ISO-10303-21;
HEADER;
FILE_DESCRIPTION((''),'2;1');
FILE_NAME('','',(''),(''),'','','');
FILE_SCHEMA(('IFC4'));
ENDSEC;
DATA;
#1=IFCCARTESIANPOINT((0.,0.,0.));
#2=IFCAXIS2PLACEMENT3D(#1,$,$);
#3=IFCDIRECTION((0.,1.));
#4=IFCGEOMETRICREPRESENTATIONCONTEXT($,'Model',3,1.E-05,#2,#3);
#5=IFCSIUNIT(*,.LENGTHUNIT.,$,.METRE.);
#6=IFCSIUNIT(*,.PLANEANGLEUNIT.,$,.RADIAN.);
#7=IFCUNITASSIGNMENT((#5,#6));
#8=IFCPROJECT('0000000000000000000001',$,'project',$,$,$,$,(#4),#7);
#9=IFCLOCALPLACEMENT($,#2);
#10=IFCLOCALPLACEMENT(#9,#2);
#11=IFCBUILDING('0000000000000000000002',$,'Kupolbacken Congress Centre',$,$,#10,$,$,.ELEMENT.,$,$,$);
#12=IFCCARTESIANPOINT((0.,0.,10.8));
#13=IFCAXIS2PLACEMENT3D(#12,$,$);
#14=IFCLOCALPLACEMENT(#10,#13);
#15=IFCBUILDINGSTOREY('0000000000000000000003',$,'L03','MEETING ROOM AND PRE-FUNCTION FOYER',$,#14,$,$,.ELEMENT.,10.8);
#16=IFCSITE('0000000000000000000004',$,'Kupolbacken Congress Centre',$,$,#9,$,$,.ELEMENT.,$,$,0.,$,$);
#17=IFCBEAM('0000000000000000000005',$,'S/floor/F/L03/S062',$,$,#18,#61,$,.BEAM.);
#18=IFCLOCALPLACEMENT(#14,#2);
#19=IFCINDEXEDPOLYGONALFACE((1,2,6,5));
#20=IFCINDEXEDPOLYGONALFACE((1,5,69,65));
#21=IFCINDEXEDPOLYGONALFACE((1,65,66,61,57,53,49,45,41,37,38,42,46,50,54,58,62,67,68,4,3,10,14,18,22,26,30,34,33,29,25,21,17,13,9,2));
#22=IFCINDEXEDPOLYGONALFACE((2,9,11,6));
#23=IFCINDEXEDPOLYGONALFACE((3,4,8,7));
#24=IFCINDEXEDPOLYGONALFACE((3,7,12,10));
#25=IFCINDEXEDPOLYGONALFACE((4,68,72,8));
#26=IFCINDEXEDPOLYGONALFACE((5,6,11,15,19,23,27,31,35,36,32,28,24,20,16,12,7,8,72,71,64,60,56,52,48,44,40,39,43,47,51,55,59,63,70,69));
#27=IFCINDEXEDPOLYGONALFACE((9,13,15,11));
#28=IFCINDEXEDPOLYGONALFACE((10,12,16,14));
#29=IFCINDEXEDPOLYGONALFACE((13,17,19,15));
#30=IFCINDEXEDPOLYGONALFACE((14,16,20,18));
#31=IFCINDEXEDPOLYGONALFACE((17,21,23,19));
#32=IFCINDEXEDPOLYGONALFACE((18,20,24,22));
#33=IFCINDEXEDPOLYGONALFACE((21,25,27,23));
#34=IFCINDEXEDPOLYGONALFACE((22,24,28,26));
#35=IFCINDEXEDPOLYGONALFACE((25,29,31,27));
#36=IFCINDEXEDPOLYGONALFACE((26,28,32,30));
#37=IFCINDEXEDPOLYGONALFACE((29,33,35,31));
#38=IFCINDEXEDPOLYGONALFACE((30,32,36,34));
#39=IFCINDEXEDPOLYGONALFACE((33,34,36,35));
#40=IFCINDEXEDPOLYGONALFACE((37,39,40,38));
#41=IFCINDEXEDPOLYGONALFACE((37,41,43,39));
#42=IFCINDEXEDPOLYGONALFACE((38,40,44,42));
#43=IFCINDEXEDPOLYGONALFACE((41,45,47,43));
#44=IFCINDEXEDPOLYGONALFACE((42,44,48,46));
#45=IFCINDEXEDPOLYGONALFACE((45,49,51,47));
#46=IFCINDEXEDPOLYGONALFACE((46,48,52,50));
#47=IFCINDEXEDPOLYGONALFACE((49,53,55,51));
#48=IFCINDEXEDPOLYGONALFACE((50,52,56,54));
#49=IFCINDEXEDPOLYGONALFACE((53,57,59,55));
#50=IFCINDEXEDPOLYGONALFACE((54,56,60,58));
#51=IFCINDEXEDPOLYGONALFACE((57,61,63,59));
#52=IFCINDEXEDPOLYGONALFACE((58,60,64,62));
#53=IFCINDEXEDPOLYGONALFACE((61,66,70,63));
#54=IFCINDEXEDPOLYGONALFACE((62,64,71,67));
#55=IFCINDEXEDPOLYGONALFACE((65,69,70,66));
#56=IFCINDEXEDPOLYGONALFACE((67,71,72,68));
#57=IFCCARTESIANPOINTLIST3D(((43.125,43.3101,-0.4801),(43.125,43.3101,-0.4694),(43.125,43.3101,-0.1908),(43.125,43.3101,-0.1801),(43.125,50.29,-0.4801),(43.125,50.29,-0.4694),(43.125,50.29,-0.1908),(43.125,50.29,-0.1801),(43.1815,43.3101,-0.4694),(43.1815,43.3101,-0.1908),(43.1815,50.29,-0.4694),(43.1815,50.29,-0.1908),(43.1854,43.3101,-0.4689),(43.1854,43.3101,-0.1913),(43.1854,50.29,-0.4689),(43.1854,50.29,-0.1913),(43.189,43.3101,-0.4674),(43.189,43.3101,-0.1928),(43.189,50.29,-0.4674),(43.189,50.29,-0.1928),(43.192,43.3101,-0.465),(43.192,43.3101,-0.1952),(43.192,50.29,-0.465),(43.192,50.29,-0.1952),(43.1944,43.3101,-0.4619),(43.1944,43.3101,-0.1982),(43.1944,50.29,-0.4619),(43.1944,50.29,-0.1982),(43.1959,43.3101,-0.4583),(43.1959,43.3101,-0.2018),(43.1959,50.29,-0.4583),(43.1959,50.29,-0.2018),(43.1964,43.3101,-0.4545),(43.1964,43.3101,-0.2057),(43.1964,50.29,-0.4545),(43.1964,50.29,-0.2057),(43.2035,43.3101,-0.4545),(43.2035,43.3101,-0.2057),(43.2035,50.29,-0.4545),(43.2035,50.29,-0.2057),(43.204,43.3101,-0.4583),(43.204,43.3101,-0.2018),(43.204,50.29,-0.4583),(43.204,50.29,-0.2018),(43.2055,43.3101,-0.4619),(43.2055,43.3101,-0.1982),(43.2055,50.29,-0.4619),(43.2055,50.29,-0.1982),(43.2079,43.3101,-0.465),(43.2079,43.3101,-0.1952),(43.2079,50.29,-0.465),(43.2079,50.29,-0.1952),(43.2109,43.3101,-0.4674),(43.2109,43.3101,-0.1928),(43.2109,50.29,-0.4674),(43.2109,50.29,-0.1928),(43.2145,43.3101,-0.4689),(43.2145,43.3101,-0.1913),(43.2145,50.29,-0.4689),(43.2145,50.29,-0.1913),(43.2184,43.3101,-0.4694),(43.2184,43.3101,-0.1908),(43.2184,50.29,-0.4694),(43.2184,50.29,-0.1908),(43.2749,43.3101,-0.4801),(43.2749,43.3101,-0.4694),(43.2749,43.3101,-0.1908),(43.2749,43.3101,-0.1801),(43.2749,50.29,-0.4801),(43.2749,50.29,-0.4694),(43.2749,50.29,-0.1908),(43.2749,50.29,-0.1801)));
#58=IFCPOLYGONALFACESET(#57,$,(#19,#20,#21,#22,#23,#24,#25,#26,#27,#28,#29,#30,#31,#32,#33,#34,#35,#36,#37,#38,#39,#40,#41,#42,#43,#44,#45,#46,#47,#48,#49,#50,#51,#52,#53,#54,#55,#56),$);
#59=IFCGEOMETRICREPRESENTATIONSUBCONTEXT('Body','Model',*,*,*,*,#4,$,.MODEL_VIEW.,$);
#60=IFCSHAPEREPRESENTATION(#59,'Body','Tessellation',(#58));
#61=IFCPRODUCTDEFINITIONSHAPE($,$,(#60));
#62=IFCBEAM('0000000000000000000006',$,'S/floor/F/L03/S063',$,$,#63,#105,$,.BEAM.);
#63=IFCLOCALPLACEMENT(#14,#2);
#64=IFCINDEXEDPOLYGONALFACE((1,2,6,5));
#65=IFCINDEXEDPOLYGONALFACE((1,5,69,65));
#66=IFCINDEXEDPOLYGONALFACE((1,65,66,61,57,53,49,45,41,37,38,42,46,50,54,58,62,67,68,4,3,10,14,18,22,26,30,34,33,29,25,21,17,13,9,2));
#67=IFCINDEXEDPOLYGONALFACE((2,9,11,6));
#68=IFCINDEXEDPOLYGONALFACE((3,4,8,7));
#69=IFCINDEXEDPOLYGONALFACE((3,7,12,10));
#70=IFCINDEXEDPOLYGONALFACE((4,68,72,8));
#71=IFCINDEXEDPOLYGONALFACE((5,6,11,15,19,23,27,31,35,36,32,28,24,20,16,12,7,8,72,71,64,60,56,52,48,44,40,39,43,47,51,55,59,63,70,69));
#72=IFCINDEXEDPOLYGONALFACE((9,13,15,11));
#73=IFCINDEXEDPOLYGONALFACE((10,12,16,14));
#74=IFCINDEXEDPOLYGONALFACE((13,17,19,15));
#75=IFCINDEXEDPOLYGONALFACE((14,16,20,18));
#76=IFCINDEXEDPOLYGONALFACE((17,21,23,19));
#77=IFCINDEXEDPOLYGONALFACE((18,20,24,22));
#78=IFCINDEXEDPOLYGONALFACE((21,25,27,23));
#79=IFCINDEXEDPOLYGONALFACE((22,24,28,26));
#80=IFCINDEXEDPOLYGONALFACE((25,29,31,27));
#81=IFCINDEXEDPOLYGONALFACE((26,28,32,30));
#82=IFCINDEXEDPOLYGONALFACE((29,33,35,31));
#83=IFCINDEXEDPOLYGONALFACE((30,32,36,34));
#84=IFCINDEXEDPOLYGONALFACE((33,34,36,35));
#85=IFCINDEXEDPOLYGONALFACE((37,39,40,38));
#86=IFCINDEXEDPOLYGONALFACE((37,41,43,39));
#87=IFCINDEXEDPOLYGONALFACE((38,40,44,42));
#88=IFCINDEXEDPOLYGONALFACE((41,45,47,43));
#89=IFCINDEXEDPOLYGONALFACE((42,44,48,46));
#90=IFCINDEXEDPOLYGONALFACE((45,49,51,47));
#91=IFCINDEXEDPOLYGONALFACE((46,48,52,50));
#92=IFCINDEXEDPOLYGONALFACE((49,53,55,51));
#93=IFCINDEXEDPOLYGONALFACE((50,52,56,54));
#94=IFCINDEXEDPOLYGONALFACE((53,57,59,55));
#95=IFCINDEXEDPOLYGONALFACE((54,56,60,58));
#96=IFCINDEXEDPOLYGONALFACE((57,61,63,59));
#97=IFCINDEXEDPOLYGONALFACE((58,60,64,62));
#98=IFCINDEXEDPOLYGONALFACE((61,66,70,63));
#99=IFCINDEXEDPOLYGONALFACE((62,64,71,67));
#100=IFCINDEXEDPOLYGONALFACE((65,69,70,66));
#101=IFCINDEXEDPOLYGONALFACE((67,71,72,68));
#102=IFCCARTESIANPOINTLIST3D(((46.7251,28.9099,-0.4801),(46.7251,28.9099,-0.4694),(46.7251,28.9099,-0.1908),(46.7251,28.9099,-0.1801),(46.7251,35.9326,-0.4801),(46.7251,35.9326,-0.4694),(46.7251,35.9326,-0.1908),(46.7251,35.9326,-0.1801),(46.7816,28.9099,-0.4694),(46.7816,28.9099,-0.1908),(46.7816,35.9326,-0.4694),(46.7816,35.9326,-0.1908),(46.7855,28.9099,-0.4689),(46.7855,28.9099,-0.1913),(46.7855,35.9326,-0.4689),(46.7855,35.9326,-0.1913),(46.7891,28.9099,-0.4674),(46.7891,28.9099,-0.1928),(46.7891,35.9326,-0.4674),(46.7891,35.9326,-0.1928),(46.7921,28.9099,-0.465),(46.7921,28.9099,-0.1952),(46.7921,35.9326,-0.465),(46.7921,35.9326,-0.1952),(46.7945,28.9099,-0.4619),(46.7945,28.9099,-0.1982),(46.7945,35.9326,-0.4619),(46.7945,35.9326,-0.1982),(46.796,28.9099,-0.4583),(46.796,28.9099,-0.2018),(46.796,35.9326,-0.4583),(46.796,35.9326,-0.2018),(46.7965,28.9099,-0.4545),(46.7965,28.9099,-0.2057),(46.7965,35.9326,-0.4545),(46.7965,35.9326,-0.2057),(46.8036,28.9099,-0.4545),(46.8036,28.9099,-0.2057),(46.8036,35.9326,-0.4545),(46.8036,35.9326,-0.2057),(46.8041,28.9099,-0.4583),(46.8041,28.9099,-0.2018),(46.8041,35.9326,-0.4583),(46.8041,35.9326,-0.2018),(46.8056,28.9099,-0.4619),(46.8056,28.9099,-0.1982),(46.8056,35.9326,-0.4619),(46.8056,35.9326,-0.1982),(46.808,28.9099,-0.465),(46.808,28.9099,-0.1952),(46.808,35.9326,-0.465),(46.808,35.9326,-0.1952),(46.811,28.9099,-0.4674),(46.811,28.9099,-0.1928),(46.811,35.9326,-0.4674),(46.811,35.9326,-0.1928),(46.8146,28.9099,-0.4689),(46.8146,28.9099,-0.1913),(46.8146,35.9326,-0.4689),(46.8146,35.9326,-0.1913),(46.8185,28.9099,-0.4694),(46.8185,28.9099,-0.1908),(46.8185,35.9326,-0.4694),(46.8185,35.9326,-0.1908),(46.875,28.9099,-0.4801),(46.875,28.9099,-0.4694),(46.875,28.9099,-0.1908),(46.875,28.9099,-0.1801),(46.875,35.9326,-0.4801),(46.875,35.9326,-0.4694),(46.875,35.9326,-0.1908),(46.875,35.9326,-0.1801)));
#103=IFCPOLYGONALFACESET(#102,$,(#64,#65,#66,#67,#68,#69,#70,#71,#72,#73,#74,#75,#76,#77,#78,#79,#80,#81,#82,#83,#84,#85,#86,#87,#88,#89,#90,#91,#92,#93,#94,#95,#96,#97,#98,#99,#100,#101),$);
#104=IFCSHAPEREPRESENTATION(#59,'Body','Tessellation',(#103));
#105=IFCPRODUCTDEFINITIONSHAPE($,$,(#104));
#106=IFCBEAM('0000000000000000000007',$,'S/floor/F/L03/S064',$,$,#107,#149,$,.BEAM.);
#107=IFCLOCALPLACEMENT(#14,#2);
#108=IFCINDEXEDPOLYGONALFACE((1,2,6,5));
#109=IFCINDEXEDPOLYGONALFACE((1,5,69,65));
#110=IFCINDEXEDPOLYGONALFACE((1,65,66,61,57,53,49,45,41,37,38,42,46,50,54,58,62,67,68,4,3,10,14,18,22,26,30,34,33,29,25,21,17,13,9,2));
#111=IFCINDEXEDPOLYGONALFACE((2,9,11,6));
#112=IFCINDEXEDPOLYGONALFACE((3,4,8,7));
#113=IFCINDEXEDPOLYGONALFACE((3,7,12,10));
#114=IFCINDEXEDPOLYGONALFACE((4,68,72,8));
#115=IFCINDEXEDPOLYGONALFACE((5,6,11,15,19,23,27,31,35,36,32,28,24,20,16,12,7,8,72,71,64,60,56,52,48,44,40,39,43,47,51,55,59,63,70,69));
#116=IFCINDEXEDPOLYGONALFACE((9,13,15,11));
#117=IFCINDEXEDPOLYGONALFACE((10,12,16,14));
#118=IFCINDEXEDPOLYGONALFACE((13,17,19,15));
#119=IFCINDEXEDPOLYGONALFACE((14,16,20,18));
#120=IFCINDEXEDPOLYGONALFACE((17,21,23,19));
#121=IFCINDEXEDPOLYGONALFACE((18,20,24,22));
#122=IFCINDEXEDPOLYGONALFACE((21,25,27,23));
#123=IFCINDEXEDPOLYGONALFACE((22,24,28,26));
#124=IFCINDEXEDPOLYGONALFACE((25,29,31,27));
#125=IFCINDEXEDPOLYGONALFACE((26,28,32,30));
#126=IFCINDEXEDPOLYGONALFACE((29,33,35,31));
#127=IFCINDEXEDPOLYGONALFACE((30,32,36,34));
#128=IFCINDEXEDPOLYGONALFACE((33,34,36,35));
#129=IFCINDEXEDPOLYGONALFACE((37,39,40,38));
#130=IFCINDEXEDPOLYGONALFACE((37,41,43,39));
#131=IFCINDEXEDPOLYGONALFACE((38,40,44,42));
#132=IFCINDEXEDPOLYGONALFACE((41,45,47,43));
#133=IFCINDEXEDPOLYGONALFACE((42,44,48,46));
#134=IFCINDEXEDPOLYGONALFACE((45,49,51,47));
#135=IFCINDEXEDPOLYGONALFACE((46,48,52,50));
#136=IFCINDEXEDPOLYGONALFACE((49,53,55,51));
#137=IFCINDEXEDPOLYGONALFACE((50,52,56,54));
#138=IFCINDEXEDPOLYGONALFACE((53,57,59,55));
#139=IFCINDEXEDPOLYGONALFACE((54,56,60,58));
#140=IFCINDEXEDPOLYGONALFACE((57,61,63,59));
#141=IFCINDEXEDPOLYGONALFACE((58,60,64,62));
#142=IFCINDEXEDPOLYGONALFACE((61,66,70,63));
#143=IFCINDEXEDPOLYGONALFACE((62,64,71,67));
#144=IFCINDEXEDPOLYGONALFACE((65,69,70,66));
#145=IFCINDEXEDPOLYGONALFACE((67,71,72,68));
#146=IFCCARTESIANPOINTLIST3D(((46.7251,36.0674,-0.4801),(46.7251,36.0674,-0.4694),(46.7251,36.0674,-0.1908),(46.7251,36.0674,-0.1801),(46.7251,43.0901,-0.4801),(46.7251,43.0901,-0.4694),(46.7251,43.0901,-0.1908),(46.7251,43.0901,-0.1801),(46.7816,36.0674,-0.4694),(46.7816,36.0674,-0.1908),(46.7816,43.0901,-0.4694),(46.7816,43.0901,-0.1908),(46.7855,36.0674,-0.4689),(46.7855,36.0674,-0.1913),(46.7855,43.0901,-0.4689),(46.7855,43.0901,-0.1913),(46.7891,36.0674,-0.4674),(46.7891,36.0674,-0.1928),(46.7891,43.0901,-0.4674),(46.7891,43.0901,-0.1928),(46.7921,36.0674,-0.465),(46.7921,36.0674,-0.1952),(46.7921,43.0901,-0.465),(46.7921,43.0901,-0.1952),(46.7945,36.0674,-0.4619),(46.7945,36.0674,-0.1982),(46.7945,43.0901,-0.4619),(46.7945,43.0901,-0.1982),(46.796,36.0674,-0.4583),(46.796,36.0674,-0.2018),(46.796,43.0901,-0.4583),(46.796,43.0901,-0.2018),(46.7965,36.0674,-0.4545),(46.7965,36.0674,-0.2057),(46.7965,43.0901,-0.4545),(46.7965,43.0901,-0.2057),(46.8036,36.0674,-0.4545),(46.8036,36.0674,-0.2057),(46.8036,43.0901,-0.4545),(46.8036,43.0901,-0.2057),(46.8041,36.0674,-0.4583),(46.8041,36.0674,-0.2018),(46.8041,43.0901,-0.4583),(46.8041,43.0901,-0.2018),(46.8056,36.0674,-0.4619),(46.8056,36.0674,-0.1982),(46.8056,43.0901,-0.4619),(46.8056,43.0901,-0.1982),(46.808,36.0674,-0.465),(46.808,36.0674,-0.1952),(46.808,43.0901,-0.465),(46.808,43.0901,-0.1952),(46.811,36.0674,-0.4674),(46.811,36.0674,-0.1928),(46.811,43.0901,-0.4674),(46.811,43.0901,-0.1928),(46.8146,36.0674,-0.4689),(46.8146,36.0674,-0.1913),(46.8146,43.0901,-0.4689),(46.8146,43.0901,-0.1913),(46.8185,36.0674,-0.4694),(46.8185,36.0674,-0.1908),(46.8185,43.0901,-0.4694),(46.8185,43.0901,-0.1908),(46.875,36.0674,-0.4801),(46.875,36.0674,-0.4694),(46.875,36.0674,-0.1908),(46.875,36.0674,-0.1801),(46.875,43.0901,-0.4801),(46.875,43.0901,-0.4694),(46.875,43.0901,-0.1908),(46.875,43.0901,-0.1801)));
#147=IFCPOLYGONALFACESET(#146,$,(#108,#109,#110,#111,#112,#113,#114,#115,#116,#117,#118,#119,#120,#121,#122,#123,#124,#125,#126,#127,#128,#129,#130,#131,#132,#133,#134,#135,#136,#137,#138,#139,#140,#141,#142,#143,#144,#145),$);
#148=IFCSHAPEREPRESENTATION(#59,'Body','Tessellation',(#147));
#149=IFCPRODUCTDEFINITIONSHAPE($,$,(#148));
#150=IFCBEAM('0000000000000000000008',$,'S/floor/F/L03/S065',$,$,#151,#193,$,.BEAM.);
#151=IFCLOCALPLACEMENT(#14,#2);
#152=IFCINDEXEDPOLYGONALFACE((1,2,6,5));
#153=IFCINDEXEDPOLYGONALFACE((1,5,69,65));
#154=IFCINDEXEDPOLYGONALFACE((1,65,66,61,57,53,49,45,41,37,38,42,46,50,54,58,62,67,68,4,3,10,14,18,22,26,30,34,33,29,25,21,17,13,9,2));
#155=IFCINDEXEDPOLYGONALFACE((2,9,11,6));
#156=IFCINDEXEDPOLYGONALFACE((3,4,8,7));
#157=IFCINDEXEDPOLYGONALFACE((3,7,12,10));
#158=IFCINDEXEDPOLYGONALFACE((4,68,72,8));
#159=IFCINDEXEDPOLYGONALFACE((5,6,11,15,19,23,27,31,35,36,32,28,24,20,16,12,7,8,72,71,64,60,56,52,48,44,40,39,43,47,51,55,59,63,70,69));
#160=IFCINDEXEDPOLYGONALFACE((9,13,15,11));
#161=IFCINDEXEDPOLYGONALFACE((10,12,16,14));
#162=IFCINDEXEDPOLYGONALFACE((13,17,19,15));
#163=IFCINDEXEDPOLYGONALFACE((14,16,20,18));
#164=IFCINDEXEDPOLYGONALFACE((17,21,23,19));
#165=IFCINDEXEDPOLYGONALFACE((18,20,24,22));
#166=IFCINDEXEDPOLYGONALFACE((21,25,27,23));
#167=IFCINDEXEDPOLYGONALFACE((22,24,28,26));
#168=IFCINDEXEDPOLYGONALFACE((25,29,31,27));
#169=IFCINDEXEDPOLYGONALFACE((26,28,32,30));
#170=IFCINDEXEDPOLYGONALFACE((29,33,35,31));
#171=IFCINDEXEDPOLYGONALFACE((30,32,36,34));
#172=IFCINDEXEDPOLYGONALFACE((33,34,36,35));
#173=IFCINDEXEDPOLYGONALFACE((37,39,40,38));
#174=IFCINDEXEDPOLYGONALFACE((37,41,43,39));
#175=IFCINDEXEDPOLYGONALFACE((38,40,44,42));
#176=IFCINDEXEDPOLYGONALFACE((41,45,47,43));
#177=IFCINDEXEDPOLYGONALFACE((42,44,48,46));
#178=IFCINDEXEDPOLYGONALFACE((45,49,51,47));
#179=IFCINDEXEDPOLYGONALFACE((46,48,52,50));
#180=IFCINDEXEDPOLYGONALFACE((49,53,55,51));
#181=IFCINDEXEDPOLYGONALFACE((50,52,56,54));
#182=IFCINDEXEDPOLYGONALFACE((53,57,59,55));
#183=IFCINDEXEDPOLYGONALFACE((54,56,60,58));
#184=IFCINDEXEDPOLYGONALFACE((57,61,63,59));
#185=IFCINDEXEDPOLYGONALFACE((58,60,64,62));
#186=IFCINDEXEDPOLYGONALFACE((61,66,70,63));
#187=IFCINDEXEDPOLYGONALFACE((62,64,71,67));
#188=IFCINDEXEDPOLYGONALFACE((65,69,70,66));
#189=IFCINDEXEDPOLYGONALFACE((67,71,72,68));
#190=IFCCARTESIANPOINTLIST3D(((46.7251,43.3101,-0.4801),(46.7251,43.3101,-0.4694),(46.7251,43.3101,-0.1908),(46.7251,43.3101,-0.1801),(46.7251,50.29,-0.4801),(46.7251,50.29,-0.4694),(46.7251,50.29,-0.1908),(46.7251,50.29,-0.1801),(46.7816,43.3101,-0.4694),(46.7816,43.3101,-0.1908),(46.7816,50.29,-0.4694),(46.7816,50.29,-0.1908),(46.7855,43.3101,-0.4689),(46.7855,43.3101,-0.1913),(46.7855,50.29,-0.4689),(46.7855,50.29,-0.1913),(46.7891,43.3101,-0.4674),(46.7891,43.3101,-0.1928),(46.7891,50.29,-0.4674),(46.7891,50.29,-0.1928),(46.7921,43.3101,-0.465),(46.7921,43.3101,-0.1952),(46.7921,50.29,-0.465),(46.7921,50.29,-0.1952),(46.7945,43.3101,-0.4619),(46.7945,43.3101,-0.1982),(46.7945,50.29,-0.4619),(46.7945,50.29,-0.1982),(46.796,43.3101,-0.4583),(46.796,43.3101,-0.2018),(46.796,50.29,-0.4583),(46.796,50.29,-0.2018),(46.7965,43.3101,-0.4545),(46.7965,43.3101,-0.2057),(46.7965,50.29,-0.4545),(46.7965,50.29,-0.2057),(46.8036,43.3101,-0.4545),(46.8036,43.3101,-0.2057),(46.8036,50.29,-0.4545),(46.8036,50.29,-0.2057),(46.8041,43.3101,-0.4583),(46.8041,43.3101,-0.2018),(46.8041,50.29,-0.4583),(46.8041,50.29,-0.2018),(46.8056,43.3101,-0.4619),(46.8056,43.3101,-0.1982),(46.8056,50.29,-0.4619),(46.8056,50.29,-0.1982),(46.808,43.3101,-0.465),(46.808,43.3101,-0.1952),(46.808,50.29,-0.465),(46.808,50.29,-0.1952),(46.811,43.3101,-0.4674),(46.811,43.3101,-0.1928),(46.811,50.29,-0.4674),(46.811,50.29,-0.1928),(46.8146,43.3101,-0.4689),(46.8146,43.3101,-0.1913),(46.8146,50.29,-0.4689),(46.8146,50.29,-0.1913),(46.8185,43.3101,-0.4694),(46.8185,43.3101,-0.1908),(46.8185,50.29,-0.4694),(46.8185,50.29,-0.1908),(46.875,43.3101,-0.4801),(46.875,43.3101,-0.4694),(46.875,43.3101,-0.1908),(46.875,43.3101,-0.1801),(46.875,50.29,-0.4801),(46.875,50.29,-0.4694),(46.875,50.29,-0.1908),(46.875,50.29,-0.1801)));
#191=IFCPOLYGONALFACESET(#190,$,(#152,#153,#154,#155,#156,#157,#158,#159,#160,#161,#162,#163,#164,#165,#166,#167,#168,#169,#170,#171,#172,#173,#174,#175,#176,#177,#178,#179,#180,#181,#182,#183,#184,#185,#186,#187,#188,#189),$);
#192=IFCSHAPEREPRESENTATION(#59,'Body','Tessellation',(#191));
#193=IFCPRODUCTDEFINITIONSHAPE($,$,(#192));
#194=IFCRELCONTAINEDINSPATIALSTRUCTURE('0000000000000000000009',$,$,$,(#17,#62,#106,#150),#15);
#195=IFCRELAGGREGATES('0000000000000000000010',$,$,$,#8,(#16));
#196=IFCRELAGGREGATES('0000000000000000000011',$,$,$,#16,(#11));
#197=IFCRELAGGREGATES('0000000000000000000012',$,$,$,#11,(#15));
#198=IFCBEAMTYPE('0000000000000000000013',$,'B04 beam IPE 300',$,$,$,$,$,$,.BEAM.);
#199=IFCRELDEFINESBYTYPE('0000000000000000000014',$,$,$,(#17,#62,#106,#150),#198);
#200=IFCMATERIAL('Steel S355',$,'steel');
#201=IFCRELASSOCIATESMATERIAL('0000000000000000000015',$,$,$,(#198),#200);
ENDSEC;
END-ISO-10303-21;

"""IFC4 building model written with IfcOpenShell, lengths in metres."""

from ifc_helpers import new_model, si_unit, direction, frame, origin, origin_2d, place, context, subcontext, project, spatial, i_section, extrude, material, material_profile, profile_set, type_object, element, save


model = new_model("IFC4")

# Units and contexts
model_context = context("Model", 3, precision=1e-05, world=origin(), true_north=direction((0.0, 1.0)))
body_context = subcontext(model_context, "Body", "Model", "MODEL_VIEW")
ifc_project = project(units=[si_unit("LENGTHUNIT", "METRE"), si_unit("PLANEANGLEUNIT", "RADIAN")], contexts=[model_context])

# Site, building, storey
site_placement = place(None, origin())
site = spatial("IfcSite", under=ifc_project, at=site_placement, Name="Kupolbacken Congress Centre", CompositionType="ELEMENT", RefElevation=0.0)
building_placement = place(site_placement, origin())
building = spatial("IfcBuilding", under=site, at=building_placement, Name="Kupolbacken Congress Centre", CompositionType="ELEMENT")
storey_placement = place(building_placement, frame((0.0, 0.0, 10.8)))
storey = spatial("IfcBuildingStorey", under=building, at=storey_placement, Name="L03", Description="MEETING ROOM AND PRE-FUNCTION FOYER", CompositionType="ELEMENT", Elevation=10.8)

# Beams
ifc_material_1 = material(Name="Steel S355", Category="steel")
ifc_material_profile_1 = material_profile(ifc_material_1, i_section(OverallWidth=0.1499, OverallDepth=0.3, WebThickness=0.0071, FlangeThickness=0.0107, FilletRadius=0.0149, at=origin_2d()), Name="IPE 300")
ifc_profile_set_1 = profile_set([ifc_material_profile_1], Name="Steel S355")
beam_type_1 = type_object("IfcBeamType", Name="B04 beam IPE 300", PredefinedType="BEAM", material=ifc_profile_set_1)
beam_1_placement = place(storey_placement, frame((43.2, 43.3101, -0.3301), z_axis=(0.0, 1.0, 0.0), x_axis=(-1.0, 0.0, 0.0)))
element("IfcBeam", 1, at=beam_1_placement, inside=storey, type_object=beam_type_1, Name="S/floor/F/L03/S062", PredefinedType="BEAM", context=body_context, shape_type="SweptSolid", body=[
    extrude(i_section(OverallWidth=0.1499, OverallDepth=0.3, WebThickness=0.0071, FlangeThickness=0.0107, FilletRadius=0.0149, at=origin_2d()), origin(), (0.0, 0.0, 1.0), 6.98),
])
for number, where, z_axis, x_axis, name in (
    (2, (46.8, 28.9099, -0.3301), (0.0, 1.0, 0.0), (-1.0, 0.0, 0.0), "S/floor/F/L03/S063"),
    (3, (46.8, 36.0674, -0.3301), (0.0, 1.0, 0.0), (-1.0, 0.0, 0.0), "S/floor/F/L03/S064"),
):
    element("IfcBeam", number, at=place(storey_placement, frame(where, z_axis=z_axis, x_axis=x_axis)), inside=storey, type_object=beam_type_1, Name=name, PredefinedType="BEAM", context=body_context, shape_type="SweptSolid", body=[
        extrude(i_section(OverallWidth=0.1499, OverallDepth=0.3, WebThickness=0.0071, FlangeThickness=0.0107, FilletRadius=0.0149, at=origin_2d()), origin(), (0.0, 0.0, 1.0), 7.0227),
    ])
beam_2_placement = place(storey_placement, frame((46.8, 43.3101, -0.3301), z_axis=(0.0, 1.0, 0.0), x_axis=(-1.0, 0.0, 0.0)))
element("IfcBeam", 4, at=beam_2_placement, inside=storey, type_object=beam_type_1, Name="S/floor/F/L03/S065", PredefinedType="BEAM", context=body_context, shape_type="SweptSolid", body=[
    extrude(i_section(OverallWidth=0.1499, OverallDepth=0.3, WebThickness=0.0071, FlangeThickness=0.0107, FilletRadius=0.0149, at=origin_2d()), origin(), (0.0, 0.0, 1.0), 6.98),
])

save(model, "model.ifc")
